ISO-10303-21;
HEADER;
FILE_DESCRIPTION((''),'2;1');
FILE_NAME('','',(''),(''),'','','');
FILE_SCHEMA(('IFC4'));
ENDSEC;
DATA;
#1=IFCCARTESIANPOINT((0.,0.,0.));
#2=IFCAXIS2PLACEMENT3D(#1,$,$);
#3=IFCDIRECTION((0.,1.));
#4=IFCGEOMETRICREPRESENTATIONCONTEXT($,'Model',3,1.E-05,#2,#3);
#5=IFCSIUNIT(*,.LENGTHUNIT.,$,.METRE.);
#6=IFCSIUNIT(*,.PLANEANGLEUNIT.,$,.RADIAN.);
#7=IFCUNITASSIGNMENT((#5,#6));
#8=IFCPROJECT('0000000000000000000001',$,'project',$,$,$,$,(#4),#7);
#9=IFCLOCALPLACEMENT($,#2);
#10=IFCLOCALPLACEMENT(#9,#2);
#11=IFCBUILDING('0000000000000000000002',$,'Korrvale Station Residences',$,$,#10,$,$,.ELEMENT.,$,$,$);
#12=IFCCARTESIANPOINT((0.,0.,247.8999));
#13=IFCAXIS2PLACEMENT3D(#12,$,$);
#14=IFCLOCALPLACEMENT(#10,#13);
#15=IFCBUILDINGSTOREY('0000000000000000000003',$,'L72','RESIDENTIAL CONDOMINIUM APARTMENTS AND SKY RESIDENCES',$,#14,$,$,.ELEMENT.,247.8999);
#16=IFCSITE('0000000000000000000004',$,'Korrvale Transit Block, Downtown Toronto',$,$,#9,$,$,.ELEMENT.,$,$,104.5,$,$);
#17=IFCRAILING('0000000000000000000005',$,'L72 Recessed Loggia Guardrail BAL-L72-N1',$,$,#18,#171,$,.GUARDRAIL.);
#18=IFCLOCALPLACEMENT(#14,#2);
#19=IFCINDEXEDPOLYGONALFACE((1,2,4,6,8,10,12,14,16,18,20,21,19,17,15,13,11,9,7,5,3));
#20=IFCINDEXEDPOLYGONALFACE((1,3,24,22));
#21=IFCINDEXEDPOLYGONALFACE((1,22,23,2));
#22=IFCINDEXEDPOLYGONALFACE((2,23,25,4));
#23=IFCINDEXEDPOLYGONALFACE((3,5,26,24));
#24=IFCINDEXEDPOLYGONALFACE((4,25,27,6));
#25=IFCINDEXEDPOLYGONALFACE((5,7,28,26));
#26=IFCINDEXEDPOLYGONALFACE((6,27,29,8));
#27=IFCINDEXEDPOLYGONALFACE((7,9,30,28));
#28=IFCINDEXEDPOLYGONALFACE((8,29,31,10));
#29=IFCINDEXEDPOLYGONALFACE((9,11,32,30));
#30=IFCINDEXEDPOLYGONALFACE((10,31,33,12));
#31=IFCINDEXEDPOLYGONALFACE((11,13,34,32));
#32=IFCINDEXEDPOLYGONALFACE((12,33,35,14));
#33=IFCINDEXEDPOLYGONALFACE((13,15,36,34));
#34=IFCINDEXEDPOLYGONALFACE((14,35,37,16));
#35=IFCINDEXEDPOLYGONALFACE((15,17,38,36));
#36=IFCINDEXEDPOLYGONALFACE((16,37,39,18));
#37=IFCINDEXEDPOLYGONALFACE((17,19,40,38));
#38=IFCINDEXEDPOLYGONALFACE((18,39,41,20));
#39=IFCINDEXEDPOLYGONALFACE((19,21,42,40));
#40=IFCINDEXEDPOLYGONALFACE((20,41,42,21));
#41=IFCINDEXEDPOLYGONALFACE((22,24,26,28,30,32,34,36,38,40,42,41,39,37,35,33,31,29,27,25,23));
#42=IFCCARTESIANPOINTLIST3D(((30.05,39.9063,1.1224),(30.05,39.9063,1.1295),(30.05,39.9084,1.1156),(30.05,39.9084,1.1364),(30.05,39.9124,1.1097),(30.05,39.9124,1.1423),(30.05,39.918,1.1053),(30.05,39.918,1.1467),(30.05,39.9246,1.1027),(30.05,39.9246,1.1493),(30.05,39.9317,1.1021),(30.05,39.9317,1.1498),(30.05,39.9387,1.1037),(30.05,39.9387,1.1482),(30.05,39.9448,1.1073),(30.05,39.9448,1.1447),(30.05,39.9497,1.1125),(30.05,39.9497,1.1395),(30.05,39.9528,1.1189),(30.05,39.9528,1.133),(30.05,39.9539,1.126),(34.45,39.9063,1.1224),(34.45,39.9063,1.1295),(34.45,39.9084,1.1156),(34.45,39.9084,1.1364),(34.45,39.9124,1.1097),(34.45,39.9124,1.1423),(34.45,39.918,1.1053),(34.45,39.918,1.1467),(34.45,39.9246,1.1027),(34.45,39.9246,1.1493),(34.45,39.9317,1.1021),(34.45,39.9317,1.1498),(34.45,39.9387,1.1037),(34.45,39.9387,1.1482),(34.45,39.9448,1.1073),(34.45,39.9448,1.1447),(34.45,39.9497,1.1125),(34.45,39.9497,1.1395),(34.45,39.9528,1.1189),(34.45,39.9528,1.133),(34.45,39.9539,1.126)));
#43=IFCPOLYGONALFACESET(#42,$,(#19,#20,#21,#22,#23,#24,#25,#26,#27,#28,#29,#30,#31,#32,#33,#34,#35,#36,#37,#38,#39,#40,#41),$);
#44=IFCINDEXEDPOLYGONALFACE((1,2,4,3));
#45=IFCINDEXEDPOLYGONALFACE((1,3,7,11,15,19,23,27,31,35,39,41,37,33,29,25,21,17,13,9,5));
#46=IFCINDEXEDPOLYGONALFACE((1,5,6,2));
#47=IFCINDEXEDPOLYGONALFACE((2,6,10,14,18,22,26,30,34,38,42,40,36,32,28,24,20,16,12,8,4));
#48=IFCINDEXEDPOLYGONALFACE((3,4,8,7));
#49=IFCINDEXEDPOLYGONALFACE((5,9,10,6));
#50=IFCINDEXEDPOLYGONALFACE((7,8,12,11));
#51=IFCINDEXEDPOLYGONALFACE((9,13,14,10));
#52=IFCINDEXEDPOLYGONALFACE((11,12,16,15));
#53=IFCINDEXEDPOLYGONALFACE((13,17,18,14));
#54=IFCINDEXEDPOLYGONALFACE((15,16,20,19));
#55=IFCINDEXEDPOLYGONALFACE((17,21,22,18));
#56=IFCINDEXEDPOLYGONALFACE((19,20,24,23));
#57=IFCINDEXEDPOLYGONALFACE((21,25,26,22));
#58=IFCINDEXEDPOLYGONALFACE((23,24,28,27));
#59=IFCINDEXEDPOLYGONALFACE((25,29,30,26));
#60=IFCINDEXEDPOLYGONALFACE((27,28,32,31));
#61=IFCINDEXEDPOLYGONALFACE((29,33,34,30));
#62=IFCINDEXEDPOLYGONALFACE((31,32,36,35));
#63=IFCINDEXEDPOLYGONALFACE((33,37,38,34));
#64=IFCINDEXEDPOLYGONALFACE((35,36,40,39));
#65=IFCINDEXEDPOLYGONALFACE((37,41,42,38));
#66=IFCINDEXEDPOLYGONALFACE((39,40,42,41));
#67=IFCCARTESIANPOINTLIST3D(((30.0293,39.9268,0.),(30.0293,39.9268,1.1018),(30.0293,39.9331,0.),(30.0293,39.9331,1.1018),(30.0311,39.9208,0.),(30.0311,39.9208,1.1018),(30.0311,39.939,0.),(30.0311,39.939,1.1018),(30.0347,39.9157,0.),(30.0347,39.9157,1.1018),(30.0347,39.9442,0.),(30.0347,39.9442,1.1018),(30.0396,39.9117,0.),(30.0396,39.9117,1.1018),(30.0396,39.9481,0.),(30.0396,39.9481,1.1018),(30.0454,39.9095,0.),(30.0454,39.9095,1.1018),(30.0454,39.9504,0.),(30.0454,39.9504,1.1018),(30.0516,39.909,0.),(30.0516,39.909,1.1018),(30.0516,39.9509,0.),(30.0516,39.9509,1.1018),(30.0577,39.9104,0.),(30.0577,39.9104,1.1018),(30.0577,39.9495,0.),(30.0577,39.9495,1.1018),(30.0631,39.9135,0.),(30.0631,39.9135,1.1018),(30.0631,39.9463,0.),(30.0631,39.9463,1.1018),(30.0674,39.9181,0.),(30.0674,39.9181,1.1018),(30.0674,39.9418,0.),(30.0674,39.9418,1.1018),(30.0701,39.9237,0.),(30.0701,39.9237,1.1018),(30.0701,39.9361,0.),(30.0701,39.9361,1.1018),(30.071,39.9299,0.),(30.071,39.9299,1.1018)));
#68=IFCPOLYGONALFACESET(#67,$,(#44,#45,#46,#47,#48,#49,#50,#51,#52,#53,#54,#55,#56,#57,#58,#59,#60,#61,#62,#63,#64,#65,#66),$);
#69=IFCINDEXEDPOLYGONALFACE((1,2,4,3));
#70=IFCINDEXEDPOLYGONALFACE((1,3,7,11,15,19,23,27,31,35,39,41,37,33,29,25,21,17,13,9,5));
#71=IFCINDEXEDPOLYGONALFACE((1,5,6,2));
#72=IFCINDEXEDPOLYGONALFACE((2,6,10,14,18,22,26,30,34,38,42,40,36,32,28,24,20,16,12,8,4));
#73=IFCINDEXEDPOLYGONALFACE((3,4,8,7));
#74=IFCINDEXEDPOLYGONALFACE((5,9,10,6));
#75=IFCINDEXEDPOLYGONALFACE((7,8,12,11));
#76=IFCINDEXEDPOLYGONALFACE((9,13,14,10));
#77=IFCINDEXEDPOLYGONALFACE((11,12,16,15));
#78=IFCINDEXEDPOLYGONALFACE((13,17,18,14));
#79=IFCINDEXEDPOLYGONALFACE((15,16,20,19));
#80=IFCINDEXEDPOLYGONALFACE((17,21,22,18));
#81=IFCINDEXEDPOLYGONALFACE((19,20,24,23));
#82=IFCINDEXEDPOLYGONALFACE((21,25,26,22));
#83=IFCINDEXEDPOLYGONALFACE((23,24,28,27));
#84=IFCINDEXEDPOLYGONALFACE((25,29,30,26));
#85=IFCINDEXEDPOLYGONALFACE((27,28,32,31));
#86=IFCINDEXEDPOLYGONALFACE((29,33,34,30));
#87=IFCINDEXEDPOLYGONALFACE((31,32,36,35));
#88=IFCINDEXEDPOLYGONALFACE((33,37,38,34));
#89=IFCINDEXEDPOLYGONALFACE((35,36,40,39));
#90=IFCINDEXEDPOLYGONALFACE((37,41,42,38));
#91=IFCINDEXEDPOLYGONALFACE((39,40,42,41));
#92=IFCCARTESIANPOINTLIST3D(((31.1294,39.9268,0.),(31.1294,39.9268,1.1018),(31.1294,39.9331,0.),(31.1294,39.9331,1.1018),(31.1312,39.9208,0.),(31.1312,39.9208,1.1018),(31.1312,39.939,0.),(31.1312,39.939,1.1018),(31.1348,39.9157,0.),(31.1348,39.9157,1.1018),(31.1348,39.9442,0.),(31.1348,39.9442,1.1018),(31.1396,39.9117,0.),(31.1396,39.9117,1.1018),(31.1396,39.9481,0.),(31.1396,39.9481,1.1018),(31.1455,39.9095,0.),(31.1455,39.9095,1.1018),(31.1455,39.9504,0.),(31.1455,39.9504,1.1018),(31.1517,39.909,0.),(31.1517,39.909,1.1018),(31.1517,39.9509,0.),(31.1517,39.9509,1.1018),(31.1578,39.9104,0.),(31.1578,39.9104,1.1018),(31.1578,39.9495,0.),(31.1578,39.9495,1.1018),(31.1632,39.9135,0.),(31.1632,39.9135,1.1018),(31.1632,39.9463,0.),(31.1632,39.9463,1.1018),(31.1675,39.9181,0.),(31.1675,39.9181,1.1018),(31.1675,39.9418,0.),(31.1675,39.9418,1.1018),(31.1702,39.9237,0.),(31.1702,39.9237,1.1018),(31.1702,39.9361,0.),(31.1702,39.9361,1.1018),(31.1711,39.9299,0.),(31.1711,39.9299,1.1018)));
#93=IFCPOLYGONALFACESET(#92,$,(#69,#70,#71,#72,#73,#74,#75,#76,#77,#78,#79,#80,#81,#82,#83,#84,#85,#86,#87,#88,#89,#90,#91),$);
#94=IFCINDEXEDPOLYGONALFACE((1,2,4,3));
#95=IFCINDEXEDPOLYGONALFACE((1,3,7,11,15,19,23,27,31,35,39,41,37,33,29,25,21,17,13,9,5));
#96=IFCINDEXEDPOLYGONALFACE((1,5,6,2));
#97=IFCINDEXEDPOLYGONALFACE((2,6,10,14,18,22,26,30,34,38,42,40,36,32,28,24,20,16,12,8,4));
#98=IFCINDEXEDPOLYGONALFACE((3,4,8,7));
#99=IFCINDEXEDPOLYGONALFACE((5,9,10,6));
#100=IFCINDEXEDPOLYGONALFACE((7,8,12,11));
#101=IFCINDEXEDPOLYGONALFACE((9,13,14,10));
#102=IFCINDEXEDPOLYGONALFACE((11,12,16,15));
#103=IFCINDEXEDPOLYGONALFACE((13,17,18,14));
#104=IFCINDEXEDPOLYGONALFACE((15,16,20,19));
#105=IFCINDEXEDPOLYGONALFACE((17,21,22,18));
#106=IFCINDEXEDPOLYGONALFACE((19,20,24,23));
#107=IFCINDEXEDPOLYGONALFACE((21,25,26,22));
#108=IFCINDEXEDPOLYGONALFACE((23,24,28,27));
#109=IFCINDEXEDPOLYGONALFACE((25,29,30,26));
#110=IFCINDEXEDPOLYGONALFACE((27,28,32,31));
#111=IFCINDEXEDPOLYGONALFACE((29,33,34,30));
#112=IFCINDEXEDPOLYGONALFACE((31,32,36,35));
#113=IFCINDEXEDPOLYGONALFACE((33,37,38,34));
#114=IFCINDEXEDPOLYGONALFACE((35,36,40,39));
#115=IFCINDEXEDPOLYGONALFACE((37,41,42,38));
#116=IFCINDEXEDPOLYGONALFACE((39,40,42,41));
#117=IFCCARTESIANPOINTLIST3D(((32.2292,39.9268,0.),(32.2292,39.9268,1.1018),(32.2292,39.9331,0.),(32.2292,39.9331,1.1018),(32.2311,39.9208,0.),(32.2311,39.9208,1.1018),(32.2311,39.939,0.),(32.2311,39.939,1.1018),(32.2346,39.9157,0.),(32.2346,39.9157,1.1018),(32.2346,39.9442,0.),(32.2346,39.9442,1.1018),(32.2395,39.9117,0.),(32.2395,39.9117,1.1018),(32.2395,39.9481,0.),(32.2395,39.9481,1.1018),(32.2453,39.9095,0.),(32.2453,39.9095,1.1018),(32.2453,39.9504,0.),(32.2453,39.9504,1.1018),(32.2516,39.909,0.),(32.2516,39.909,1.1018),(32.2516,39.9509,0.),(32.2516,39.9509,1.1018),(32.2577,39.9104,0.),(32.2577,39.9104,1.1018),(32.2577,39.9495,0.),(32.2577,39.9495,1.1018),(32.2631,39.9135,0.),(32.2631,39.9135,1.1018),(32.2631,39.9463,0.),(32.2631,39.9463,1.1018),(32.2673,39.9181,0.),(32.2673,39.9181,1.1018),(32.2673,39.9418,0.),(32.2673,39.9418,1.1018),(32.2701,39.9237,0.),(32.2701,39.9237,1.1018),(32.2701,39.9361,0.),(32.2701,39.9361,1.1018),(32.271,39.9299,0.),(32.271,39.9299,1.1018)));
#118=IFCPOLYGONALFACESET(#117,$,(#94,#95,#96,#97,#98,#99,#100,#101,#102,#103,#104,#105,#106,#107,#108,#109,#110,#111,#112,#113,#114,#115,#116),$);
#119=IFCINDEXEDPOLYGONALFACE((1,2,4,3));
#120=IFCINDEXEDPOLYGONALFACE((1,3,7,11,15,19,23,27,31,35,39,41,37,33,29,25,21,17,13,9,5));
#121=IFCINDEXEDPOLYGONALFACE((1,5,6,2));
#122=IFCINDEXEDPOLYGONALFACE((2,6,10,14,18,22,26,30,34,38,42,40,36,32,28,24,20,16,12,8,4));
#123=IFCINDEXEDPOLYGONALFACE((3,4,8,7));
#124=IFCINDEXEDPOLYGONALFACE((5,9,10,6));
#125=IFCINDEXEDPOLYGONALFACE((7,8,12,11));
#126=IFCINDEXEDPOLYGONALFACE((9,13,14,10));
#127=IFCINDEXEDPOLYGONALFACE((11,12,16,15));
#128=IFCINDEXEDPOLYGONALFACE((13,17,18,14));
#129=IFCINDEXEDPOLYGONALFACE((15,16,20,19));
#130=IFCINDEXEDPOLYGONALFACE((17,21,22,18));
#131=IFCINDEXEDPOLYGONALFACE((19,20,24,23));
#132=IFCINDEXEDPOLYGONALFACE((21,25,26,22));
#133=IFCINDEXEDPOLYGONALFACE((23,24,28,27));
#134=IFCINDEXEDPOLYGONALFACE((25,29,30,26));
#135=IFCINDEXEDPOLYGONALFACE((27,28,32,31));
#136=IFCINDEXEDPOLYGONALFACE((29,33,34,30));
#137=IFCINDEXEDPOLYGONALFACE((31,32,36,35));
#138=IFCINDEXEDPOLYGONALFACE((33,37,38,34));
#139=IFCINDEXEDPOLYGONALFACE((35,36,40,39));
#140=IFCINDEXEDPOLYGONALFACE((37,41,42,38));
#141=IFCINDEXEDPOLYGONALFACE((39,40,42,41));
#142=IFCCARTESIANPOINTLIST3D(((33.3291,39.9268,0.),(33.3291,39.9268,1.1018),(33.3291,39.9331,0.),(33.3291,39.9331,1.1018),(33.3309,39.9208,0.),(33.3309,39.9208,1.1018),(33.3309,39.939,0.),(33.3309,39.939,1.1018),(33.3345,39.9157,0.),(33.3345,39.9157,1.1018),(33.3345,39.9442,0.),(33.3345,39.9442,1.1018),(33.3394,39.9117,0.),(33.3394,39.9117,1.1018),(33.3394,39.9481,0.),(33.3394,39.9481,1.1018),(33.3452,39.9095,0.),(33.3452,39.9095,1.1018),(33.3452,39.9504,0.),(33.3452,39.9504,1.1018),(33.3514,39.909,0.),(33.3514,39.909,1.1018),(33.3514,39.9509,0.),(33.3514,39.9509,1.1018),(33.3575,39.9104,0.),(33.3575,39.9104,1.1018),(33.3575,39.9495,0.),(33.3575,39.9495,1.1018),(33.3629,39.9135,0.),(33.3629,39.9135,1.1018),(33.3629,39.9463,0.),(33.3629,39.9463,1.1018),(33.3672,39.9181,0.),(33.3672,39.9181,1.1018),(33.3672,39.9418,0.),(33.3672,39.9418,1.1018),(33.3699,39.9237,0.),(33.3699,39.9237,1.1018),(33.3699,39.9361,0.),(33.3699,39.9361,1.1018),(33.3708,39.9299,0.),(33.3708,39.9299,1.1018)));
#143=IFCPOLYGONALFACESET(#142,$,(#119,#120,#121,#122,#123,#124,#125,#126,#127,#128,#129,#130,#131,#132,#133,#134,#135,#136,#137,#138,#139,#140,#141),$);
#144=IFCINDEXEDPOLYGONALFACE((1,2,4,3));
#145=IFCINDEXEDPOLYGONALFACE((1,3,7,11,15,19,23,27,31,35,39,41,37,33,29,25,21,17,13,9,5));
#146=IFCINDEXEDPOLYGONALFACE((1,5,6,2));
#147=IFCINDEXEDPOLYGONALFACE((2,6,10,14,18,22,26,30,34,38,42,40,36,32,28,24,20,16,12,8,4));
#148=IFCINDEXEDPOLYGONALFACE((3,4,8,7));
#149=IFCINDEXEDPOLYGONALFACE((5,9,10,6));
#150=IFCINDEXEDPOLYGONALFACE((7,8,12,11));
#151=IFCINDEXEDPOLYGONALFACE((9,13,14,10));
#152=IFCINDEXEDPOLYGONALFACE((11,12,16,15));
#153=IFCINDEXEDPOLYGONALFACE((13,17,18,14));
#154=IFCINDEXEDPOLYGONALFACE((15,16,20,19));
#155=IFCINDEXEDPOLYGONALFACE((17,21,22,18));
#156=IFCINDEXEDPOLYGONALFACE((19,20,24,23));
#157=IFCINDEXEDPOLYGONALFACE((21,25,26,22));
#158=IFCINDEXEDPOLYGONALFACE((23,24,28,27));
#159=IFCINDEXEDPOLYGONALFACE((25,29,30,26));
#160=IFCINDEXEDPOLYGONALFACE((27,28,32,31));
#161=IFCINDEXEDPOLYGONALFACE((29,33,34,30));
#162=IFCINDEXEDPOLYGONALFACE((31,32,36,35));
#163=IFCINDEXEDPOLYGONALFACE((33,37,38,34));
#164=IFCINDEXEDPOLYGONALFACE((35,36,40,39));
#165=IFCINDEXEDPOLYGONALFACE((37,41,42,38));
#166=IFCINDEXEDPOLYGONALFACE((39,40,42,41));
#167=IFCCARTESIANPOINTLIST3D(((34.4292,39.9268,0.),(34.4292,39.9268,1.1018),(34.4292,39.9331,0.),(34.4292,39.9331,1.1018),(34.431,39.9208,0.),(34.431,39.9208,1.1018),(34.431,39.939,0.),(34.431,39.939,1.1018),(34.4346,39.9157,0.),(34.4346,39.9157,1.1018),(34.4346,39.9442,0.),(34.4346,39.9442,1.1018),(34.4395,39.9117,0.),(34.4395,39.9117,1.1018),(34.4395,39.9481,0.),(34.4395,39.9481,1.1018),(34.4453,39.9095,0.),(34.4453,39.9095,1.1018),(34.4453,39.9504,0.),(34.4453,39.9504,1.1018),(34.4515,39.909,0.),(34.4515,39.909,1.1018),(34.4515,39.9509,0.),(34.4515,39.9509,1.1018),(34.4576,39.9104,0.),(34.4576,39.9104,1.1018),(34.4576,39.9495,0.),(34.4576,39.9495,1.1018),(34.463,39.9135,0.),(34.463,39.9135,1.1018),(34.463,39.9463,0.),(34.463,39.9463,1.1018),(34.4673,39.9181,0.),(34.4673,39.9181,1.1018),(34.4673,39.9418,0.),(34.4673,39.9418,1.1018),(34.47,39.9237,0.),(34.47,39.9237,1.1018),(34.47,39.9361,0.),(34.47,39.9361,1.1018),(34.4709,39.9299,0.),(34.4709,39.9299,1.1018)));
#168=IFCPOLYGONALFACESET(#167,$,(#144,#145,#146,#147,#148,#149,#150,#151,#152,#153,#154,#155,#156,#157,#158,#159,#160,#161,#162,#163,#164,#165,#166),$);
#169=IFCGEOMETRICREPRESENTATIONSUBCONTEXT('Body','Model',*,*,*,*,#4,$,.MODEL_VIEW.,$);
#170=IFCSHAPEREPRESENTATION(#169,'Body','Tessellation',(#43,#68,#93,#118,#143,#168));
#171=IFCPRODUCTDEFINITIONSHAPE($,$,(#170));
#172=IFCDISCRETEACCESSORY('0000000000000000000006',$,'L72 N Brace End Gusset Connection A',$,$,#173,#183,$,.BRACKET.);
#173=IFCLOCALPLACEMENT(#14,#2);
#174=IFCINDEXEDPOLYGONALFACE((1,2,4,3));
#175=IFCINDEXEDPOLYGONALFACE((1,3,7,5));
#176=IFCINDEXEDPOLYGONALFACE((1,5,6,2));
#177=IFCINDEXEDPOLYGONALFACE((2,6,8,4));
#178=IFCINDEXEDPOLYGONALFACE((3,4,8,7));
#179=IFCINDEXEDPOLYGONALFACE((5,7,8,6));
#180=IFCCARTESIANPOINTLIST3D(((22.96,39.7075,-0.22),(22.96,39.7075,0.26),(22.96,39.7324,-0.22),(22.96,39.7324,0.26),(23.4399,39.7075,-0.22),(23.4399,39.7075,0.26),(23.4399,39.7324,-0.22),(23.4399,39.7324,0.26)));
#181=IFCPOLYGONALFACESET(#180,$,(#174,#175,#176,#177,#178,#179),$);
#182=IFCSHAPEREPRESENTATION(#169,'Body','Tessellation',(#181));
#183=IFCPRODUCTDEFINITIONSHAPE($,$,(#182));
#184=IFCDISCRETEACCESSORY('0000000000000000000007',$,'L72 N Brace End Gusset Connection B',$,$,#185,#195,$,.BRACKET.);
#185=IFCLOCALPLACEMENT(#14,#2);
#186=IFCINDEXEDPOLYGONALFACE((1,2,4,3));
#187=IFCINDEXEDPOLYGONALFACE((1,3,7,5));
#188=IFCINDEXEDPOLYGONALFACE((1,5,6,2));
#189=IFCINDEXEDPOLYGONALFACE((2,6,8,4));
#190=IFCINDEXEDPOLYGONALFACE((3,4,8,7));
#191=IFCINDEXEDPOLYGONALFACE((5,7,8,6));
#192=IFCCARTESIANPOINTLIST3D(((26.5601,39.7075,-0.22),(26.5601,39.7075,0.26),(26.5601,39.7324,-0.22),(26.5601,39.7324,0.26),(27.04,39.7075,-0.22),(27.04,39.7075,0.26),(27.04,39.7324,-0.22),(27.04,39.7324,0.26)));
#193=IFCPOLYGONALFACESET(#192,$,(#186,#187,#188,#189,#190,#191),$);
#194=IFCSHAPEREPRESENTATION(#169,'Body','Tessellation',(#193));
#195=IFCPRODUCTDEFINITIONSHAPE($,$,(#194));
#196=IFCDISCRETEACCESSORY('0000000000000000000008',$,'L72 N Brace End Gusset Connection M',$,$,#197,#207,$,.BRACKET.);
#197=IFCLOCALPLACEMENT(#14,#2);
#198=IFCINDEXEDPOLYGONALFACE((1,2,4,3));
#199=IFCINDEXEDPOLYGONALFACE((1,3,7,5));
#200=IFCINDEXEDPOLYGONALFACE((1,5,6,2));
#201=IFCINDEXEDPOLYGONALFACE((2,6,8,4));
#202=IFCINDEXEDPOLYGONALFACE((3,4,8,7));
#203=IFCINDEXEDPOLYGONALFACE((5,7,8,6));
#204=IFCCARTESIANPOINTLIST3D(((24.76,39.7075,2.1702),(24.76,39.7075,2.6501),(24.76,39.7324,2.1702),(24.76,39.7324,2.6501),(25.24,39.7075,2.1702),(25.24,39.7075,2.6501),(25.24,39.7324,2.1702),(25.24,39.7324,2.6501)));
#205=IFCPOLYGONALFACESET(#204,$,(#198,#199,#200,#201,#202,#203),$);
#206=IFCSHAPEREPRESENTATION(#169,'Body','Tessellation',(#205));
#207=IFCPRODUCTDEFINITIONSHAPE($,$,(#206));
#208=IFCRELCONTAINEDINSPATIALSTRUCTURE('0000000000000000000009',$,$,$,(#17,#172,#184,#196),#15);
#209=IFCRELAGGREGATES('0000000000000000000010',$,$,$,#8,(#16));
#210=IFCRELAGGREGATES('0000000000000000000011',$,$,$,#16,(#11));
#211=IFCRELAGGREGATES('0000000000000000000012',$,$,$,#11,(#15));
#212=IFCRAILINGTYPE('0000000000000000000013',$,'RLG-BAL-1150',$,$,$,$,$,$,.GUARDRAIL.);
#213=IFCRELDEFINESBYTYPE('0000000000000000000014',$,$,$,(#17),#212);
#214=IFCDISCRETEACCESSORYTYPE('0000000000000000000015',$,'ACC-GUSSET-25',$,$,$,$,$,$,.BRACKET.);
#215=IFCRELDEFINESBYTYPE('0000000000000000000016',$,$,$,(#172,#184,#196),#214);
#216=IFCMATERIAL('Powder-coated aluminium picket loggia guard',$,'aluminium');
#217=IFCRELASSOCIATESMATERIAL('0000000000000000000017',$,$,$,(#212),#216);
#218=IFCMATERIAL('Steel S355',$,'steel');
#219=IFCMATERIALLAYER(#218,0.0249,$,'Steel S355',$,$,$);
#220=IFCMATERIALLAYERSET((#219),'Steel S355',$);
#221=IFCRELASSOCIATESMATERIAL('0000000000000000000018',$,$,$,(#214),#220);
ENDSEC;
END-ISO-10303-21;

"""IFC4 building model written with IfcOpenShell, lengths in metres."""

from ifc_helpers import new_model, si_unit, direction, frame, origin, origin_2d, place, context, subcontext, project, spatial, rectangle, circle, extrude, material, layer, layer_set, type_object, element, save


model = new_model("IFC4")

# Units and contexts
model_context = context("Model", 3, precision=1e-05, world=origin(), true_north=direction((0.0, 1.0)))
body_context = subcontext(model_context, "Body", "Model", "MODEL_VIEW")
ifc_project = project(units=[si_unit("LENGTHUNIT", "METRE"), si_unit("PLANEANGLEUNIT", "RADIAN")], contexts=[model_context])

# Site, building, storey
site_placement = place(None, origin())
site = spatial("IfcSite", under=ifc_project, at=site_placement, Name="Korrvale Transit Block, Downtown Toronto", CompositionType="ELEMENT", RefElevation=104.5)
building_placement = place(site_placement, origin())
building = spatial("IfcBuilding", under=site, at=building_placement, Name="Korrvale Station Residences", CompositionType="ELEMENT")
storey_placement = place(building_placement, frame((0.0, 0.0, 247.8999)))
storey = spatial("IfcBuildingStorey", under=building, at=storey_placement, Name="L72", Description="RESIDENTIAL CONDOMINIUM APARTMENTS AND SKY RESIDENCES", CompositionType="ELEMENT", Elevation=247.8999)

# Shared definitions
ifc_material_1 = material(Name="Steel S355", Category="steel")

# Railing
ifc_material_2 = material(Name="Powder-coated aluminium picket loggia guard", Category="aluminium")
railing_type = type_object("IfcRailingType", Name="RLG-BAL-1150", PredefinedType="GUARDRAIL", material=ifc_material_2)
railing_placement = place(storey_placement, frame((30.05, 39.9299, 0.0)))
element("IfcRailing", 1, at=railing_placement, inside=storey, type_object=railing_type, Name="L72 Recessed Loggia Guardrail BAL-L72-N1", PredefinedType="GUARDRAIL", context=body_context, shape_type="SweptSolid", body=[
    extrude(circle(Radius=0.0239, at=origin_2d()), frame((0.0, 0.0, 1.126), z_axis=(1.0, 0.0, 0.0), x_axis=(0.0, 1.0, 0.0)), (0.0, 0.0, 1.0), 4.3999),
    extrude(circle(Radius=0.021, at=origin_2d()), origin(), (0.0, 0.0, 1.0), 1.1018),
    extrude(circle(Radius=0.021, at=origin_2d()), frame((1.1001, 0.0, 0.0)), (0.0, 0.0, 1.0), 1.1018),
    extrude(circle(Radius=0.021, at=origin_2d()), frame((2.2, 0.0, 0.0)), (0.0, 0.0, 1.0), 1.1018),
    extrude(circle(Radius=0.021, at=origin_2d()), frame((3.2998, 0.0, 0.0)), (0.0, 0.0, 1.0), 1.1018),
    extrude(circle(Radius=0.021, at=origin_2d()), frame((4.3999, 0.0, 0.0)), (0.0, 0.0, 1.0), 1.1018),
])

# Discrete accessories
ifc_layer_1 = layer(ifc_material_1, 0.0249, Name="Steel S355")
ifc_layer_set_1 = layer_set([ifc_layer_1], Name="Steel S355")
discrete_accessory_type = type_object("IfcDiscreteAccessoryType", Name="ACC-GUSSET-25", PredefinedType="BRACKET", material=ifc_layer_set_1)
for number, where, z_axis, x_axis, name in (
    (2, (23.2, 39.72, -0.22), (0.0, 0.0, 1.0), (1.0, 0.0, 0.0), "L72 N Brace End Gusset Connection A"),
    (3, (26.8, 39.72, -0.22), (0.0, 0.0, 1.0), (1.0, 0.0, 0.0), "L72 N Brace End Gusset Connection B"),
    (4, (25.0, 39.72, 2.1702), (0.0, 0.0, 1.0), (1.0, 0.0, 0.0), "L72 N Brace End Gusset Connection M"),
):
    element("IfcDiscreteAccessory", number, at=place(storey_placement, frame(where, z_axis=z_axis, x_axis=x_axis)), inside=storey, type_object=discrete_accessory_type, Name=name, PredefinedType="BRACKET", context=body_context, shape_type="SweptSolid", body=[
        extrude(rectangle(XDim=0.48, YDim=0.0249, at=origin_2d()), origin(), (0.0, 0.0, 1.0), 0.48),
    ])

save(model, "model.ifc")
